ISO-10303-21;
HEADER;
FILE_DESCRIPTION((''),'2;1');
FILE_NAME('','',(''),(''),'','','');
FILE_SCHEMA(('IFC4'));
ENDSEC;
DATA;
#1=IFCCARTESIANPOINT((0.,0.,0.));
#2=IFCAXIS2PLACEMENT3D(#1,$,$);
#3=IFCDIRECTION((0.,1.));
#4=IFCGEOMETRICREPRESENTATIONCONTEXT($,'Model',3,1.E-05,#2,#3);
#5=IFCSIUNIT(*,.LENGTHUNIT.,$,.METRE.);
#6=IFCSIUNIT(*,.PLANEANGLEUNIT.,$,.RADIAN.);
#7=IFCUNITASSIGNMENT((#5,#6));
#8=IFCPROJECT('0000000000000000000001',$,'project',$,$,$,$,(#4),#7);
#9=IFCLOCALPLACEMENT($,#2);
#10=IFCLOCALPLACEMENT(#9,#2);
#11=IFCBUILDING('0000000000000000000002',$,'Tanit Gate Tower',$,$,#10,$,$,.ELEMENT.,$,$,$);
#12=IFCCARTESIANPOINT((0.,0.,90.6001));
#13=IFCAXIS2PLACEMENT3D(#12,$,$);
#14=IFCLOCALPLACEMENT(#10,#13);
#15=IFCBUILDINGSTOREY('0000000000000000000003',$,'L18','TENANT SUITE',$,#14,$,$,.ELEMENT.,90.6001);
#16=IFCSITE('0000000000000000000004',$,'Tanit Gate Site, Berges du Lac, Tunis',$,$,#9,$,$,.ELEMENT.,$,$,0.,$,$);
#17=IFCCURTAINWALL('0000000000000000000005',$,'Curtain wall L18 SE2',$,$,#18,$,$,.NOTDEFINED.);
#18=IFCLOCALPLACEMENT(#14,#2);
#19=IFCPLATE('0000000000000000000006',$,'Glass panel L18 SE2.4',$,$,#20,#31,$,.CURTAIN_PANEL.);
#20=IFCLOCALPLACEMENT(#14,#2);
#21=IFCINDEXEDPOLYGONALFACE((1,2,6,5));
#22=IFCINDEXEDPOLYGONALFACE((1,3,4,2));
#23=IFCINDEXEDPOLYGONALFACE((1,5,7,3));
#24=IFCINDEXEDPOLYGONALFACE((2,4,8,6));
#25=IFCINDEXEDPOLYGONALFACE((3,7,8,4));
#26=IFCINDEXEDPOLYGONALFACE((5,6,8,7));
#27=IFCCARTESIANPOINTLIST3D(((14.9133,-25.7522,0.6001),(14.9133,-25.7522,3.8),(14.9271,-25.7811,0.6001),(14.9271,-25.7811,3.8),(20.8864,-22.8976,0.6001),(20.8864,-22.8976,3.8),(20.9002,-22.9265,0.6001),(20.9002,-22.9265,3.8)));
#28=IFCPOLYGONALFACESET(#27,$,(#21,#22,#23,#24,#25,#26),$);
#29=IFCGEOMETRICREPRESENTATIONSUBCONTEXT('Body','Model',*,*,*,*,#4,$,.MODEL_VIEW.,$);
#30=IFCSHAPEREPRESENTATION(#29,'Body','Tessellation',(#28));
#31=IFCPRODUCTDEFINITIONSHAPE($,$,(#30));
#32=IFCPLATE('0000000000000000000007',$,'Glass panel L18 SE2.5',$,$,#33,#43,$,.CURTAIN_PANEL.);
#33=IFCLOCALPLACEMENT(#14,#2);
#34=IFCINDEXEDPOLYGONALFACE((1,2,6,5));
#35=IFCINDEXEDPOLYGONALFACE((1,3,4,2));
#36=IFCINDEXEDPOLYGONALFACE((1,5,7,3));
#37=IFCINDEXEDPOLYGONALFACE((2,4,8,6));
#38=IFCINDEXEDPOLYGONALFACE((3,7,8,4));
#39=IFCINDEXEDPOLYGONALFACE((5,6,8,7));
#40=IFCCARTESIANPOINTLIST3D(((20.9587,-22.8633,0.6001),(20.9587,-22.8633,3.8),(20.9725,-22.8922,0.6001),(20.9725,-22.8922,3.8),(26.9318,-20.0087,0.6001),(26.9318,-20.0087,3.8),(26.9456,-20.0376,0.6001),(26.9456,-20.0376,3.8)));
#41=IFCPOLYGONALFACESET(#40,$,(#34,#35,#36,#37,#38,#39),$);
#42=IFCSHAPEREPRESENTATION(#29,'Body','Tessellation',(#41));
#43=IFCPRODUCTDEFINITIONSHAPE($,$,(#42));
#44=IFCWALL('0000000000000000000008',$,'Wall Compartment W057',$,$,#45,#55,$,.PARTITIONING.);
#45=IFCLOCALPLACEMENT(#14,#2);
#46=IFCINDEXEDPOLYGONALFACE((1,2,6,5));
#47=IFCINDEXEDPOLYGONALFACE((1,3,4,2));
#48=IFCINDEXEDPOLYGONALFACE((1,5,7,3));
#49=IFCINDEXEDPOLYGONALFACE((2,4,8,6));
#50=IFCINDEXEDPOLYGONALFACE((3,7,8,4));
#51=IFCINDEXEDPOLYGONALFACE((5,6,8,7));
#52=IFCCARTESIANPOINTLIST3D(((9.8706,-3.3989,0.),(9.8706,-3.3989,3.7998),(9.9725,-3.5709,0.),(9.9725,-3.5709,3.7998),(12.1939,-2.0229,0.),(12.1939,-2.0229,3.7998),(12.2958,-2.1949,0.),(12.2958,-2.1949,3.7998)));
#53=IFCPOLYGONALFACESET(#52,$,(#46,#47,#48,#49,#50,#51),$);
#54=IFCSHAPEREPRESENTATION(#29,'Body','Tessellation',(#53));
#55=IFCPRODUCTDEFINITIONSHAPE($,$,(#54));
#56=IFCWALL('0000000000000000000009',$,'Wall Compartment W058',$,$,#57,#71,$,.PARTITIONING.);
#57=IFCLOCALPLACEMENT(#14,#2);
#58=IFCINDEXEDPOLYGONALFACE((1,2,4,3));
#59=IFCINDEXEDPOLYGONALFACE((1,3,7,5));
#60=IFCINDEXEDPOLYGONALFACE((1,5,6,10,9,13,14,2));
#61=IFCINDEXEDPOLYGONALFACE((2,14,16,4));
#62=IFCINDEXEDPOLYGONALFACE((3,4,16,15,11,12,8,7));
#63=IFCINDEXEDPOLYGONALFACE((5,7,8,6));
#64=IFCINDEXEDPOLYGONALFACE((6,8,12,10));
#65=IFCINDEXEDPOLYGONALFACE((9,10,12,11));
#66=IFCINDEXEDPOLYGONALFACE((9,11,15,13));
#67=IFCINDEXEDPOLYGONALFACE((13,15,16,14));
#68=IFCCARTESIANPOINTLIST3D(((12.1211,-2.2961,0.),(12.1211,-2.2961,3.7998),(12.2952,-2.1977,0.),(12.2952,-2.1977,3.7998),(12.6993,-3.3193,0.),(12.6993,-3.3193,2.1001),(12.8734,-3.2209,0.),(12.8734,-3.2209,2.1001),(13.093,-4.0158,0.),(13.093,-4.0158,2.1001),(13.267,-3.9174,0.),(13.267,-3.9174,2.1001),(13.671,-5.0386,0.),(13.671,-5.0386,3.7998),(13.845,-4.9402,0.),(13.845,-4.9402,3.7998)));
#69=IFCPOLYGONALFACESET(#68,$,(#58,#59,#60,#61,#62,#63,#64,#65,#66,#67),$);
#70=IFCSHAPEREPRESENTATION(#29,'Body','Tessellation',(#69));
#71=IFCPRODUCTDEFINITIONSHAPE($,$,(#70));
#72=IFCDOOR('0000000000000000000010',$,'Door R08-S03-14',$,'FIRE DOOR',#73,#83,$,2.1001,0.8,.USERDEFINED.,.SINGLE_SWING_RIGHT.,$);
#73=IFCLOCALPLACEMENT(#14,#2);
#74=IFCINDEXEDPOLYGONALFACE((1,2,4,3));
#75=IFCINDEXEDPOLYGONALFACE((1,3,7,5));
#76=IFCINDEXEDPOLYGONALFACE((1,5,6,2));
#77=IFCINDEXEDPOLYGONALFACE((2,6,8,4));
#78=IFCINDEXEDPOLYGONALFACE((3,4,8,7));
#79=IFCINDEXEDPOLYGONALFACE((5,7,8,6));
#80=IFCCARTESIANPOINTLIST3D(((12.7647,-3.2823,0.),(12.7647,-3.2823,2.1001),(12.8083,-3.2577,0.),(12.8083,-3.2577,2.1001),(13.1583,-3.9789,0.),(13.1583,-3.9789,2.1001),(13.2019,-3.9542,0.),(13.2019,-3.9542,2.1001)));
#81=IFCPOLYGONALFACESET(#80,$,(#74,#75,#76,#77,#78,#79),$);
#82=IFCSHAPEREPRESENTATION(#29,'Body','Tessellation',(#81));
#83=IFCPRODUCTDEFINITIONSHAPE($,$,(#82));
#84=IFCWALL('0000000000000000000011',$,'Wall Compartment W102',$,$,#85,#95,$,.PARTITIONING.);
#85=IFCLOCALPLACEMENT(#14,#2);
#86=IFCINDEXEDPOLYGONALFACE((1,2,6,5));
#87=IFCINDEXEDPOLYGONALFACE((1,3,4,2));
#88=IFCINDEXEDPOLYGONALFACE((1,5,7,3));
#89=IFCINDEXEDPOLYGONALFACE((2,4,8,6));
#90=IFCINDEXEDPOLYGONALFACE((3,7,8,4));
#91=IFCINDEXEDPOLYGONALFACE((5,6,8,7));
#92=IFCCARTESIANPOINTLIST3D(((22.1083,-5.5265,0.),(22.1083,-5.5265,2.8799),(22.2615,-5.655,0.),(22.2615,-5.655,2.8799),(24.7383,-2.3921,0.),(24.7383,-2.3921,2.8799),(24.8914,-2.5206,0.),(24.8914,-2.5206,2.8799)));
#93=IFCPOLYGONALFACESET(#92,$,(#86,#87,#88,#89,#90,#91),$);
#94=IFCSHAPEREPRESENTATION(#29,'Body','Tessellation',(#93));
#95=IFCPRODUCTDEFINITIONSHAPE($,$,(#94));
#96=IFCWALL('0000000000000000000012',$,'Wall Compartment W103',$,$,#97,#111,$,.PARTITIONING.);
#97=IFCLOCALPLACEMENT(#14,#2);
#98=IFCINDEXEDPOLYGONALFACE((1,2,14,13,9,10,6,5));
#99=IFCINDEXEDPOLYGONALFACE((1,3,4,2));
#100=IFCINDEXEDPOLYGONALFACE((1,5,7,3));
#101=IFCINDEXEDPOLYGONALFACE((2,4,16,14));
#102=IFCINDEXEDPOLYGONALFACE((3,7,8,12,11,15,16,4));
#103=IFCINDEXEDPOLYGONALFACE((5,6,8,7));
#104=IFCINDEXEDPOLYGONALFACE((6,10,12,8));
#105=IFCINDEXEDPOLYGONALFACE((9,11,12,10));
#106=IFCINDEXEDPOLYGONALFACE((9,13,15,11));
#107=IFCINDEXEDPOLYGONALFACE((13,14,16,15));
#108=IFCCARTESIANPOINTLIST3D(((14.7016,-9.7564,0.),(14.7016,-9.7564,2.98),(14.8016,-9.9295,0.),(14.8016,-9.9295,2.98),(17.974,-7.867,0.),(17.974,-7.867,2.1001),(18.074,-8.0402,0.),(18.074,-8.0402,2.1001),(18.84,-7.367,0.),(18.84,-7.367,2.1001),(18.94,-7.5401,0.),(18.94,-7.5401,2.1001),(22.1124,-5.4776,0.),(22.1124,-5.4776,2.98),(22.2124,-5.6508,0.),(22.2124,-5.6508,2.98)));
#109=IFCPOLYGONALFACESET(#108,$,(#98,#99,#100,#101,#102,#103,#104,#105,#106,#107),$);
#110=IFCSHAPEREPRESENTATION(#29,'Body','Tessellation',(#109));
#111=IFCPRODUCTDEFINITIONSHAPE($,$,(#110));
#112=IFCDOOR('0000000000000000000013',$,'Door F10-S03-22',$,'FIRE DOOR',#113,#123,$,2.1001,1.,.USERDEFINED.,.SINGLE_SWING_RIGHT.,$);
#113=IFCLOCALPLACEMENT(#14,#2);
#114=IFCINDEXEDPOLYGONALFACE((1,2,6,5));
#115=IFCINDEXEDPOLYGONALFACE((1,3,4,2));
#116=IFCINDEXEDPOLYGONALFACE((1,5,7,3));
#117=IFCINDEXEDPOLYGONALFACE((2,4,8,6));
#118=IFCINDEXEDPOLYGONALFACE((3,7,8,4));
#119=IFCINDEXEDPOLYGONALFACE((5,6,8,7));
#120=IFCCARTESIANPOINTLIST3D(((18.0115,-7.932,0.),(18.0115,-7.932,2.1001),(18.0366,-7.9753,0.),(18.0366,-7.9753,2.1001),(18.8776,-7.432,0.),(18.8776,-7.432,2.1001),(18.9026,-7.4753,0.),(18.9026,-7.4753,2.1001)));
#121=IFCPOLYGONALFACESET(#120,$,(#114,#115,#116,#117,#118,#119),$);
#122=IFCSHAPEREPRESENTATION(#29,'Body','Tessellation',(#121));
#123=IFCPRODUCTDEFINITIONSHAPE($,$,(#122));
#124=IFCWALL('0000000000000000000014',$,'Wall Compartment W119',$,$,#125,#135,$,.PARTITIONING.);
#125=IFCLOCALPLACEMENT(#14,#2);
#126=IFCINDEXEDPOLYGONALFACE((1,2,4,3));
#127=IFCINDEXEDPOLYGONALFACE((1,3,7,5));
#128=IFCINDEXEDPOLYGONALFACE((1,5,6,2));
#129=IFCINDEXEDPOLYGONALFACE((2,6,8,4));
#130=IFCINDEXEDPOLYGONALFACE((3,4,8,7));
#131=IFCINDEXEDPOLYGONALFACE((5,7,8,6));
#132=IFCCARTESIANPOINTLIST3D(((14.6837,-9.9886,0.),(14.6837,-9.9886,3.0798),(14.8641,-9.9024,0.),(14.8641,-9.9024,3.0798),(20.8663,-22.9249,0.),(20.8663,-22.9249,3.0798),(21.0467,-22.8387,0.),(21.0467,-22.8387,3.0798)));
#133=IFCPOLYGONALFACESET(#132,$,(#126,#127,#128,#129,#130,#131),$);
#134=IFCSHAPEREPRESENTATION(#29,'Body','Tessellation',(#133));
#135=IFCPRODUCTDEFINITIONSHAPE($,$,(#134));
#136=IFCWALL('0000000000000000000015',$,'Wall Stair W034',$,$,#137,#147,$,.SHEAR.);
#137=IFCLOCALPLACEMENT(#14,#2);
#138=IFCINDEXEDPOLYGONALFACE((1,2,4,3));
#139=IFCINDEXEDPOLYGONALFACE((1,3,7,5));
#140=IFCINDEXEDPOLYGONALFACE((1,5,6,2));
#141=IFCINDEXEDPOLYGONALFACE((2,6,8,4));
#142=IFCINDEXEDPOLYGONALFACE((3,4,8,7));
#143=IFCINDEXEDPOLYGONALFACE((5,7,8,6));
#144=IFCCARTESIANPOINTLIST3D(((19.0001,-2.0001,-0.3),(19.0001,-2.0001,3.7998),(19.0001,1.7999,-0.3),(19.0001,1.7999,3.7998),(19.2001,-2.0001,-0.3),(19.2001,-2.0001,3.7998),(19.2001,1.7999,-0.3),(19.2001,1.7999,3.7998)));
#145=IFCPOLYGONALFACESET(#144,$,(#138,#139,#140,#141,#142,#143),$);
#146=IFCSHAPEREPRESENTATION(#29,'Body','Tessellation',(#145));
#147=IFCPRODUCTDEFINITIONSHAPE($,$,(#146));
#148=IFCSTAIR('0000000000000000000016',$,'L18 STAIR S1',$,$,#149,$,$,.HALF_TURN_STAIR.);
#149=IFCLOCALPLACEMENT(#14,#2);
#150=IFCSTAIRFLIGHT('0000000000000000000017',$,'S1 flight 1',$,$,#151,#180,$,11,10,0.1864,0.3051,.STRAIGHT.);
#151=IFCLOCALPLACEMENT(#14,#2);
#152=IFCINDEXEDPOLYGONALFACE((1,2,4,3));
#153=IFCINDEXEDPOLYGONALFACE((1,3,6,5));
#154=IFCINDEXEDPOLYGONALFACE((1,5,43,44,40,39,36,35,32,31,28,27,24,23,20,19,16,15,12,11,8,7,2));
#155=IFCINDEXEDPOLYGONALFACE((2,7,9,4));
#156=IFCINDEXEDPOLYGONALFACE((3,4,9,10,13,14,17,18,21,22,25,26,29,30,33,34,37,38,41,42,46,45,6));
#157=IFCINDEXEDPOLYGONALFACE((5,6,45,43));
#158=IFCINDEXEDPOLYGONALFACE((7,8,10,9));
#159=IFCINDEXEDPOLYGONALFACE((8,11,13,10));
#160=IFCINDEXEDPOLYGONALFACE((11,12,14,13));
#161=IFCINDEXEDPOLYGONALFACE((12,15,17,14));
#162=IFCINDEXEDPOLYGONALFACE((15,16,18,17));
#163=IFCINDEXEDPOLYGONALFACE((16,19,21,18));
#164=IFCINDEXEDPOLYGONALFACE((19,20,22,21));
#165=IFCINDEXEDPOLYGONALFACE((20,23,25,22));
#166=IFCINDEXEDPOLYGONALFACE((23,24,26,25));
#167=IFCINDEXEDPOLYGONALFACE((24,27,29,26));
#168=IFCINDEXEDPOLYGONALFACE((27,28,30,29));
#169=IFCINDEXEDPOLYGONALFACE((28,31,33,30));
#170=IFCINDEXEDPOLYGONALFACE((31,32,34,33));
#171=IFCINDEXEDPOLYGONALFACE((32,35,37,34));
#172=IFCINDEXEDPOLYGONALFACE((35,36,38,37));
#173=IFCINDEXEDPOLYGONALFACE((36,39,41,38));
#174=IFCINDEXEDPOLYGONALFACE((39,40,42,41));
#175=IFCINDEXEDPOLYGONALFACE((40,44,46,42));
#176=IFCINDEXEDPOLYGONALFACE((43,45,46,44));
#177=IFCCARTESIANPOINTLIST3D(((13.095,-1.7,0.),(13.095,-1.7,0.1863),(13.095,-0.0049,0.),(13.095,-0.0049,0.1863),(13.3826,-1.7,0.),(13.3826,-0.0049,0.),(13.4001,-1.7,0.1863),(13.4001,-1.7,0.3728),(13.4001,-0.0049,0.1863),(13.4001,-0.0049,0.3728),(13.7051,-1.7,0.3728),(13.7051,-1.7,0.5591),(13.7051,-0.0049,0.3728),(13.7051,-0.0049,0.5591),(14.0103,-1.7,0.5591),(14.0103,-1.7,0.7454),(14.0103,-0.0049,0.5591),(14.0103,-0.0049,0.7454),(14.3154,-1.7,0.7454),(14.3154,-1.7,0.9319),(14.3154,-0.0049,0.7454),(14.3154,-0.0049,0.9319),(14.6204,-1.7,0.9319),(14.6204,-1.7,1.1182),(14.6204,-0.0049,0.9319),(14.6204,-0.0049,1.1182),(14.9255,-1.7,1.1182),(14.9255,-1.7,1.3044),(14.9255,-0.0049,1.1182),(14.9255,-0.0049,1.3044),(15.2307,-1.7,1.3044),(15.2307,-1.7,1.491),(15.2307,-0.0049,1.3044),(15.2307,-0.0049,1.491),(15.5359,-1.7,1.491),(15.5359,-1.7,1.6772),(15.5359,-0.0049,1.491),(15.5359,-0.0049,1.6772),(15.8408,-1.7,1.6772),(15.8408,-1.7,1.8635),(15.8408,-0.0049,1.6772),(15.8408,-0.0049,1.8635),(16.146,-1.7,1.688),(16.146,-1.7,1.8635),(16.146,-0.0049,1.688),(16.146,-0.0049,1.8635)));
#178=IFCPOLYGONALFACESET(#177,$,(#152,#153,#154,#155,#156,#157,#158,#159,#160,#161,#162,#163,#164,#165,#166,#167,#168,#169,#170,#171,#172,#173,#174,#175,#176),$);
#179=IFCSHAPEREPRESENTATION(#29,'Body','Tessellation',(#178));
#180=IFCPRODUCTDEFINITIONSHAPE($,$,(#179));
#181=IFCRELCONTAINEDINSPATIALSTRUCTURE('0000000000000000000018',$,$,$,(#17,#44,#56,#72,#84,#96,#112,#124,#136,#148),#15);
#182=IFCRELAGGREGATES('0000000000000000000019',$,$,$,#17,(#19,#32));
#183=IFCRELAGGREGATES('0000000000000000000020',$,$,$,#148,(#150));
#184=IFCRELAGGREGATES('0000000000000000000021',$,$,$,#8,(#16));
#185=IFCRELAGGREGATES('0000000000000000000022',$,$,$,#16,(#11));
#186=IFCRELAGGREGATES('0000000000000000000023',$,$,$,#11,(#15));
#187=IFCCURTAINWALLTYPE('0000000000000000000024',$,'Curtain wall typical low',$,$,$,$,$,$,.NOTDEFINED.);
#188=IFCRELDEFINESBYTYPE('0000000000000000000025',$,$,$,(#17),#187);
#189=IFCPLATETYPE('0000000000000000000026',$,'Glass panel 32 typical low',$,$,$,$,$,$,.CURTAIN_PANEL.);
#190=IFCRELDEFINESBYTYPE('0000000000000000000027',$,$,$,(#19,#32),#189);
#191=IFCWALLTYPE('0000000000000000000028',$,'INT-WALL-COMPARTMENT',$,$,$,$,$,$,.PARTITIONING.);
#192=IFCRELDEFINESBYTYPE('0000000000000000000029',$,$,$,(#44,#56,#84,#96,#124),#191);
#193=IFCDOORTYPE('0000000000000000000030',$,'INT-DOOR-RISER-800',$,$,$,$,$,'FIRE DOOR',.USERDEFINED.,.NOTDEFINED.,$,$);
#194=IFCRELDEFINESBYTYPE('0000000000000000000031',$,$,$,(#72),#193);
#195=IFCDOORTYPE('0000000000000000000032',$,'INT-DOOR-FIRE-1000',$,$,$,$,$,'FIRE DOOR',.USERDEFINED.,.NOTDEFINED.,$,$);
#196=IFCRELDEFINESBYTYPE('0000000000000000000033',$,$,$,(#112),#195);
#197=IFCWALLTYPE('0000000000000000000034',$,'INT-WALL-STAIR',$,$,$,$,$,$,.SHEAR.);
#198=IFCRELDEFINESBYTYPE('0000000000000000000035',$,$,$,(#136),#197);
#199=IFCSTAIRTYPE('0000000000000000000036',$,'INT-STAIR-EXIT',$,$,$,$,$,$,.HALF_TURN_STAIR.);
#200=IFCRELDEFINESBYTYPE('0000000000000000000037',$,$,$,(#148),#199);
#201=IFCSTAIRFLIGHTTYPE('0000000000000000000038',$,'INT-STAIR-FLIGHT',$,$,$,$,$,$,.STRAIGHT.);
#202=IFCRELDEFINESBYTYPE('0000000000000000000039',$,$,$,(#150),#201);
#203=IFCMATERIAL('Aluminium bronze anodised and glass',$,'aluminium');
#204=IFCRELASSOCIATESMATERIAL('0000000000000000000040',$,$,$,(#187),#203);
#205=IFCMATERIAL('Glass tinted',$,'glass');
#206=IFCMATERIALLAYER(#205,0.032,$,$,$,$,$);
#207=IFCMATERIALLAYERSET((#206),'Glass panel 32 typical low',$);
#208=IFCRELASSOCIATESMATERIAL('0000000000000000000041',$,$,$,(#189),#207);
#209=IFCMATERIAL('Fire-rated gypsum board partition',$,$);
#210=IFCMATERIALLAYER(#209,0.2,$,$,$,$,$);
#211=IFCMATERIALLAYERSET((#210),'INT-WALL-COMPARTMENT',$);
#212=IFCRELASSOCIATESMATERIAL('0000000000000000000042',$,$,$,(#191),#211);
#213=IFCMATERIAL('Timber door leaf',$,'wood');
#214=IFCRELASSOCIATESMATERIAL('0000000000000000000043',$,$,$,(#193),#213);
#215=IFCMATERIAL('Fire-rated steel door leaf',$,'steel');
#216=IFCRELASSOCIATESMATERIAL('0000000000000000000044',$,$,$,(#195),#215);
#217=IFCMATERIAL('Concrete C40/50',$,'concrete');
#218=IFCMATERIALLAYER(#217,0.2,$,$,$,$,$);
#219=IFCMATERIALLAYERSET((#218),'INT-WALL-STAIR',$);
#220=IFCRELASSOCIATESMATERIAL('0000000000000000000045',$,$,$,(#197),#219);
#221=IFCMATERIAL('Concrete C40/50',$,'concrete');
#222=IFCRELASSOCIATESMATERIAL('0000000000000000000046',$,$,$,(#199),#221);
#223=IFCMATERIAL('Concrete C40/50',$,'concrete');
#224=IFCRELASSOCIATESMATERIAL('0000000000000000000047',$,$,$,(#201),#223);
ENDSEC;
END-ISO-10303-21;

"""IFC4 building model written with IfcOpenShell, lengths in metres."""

from ifc_helpers import new_model, si_unit, direction, frame, frame_2d, origin, origin_2d, place, context, subcontext, project, spatial, polyline, rectangle, outline, extrude, material, layer, layer_set, type_object, element, fill, aggregate, save


model = new_model("IFC4")

# Units and contexts
model_context = context("Model", 3, precision=1e-05, world=origin(), true_north=direction((0.0, 1.0)))
body_context = subcontext(model_context, "Body", "Model", "MODEL_VIEW")
ifc_project = project(units=[si_unit("LENGTHUNIT", "METRE"), si_unit("PLANEANGLEUNIT", "RADIAN")], contexts=[model_context])

# Site, building, storey
site_placement = place(None, origin())
site = spatial("IfcSite", under=ifc_project, at=site_placement, Name="Tanit Gate Site, Berges du Lac, Tunis", CompositionType="ELEMENT", RefElevation=0.0)
building_placement = place(site_placement, origin())
building = spatial("IfcBuilding", under=site, at=building_placement, Name="Tanit Gate Tower", CompositionType="ELEMENT")
storey_placement = place(building_placement, frame((0.0, 0.0, 90.6001)))
storey = spatial("IfcBuildingStorey", under=building, at=storey_placement, Name="L18", Description="TENANT SUITE", CompositionType="ELEMENT", Elevation=90.6001)

# Curtain wall
ifc_material_1 = material(Name="Aluminium bronze anodised and glass", Category="aluminium")
curtain_wall_type = type_object("IfcCurtainWallType", Name="Curtain wall typical low", PredefinedType="NOTDEFINED", material=ifc_material_1)
curtain_wall_placement = place(storey_placement, origin())
curtain_wall = element("IfcCurtainWall", 1, at=curtain_wall_placement, inside=storey, type_object=curtain_wall_type, Name="Curtain wall L18 SE2", PredefinedType="NOTDEFINED")

# Plates
ifc_material_2 = material(Name="Glass tinted", Category="glass")
ifc_layer_1 = layer(ifc_material_2, 0.032)
ifc_layer_set_1 = layer_set([ifc_layer_1], Name="Glass panel 32 typical low")
plate_type = type_object("IfcPlateType", Name="Glass panel 32 typical low", PredefinedType="CURTAIN_PANEL", material=ifc_layer_set_1)
plate_1_placement = place(storey_placement, frame((17.9067, -24.3394, 0.6001), z_axis=(0.0, 0.0, 1.0), x_axis=(0.902258, 0.431197, 0.0)))
plate_1 = element("IfcPlate", 2, at=plate_1_placement, type_object=plate_type, Name="Glass panel L18 SE2.4", PredefinedType="CURTAIN_PANEL", context=body_context, shape_type="SweptSolid", body=[
    extrude(rectangle(XDim=6.6201, YDim=0.032, at=origin_2d()), origin(), (0.0, 0.0, 1.0), 3.2),
])
plate_2_placement = place(storey_placement, frame((23.9521, -21.4504, 0.6001), z_axis=(0.0, 0.0, 1.0), x_axis=(0.902258, 0.431197, 0.0)))
plate_2 = element("IfcPlate", 3, at=plate_2_placement, type_object=plate_type, Name="Glass panel L18 SE2.5", PredefinedType="CURTAIN_PANEL", context=body_context, shape_type="SweptSolid", body=[
    extrude(rectangle(XDim=6.6201, YDim=0.032, at=origin_2d()), origin(), (0.0, 0.0, 1.0), 3.2),
])
aggregate(curtain_wall, [plate_1, plate_2])

# Wall
ifc_material_3 = material(Name="Fire-rated gypsum board partition")
ifc_layer_2 = layer(ifc_material_3, 0.2)
ifc_layer_set_2 = layer_set([ifc_layer_2], Name="INT-WALL-COMPARTMENT")
wall_type_1 = type_object("IfcWallType", Name="INT-WALL-COMPARTMENT", PredefinedType="PARTITIONING", material=ifc_layer_set_2)
wall_1_placement = place(storey_placement, frame((12.2449, -2.1089, 0.0), z_axis=(0.0, 0.0, 1.0), x_axis=(-0.860415, -0.509594, 0.0)))
element("IfcWall", 4, at=wall_1_placement, inside=storey, type_object=wall_type_1, Name="Wall Compartment W057", PredefinedType="PARTITIONING", context=body_context, shape_type="SweptSolid", body=[
    extrude(rectangle(XDim=2.7002, YDim=0.2, at=frame_2d((1.3501, 0.0))), origin(), (0.0, 0.0, 1.0), 3.7998),
])

# Wall, opening, door
wall_2_placement = place(storey_placement, frame((13.7581, -4.9895, 0.0), z_axis=(0.0, 0.0, 1.0), x_axis=(-0.491993, 0.870599, 0.0)))
wall_2 = element("IfcWall", 5, at=wall_2_placement, inside=storey, type_object=wall_type_1, Name="Wall Compartment W058", PredefinedType="PARTITIONING", context=body_context, shape_type="SweptSolid", body=[
    extrude(rectangle(XDim=3.1501, YDim=0.2, at=frame_2d((1.5752, 0.0))), origin(), (0.0, 0.0, 1.0), 3.7998),
])
opening_1_placement = place(wall_2_placement, frame((1.175, 0.0, 0.0)))
opening_1 = element("IfcOpeningElement", 6, at=opening_1_placement, cuts=wall_2, PredefinedType="OPENING", context=body_context, shape_type="SweptSolid", body=[
    extrude(rectangle(XDim=0.8, YDim=2.1001, at=frame_2d((0.3999, 1.05))), frame((0.0, 0.1099, 0.0), z_axis=(0.0, -1.0, 0.0), x_axis=(1.0, 0.0, 0.0)), (0.0, 0.0, 1.0), 0.22),
])
ifc_material_4 = material(Name="Timber door leaf", Category="wood")
door_type_1 = type_object("IfcDoorType", Name="INT-DOOR-RISER-800", ElementType="FIRE DOOR", OperationType="NOTDEFINED", PredefinedType="USERDEFINED", material=ifc_material_4)
door_1_placement = place(opening_1_placement, origin())
door_1 = element("IfcDoor", 7, at=door_1_placement, inside=storey, type_object=door_type_1, Name="Door R08-S03-14", ObjectType="FIRE DOOR", OperationType="SINGLE_SWING_RIGHT", OverallHeight=2.1001, OverallWidth=0.8, PredefinedType="USERDEFINED", context=body_context, shape_type="SweptSolid", body=[
    extrude(rectangle(XDim=0.8, YDim=2.1001, at=frame_2d((0.3999, 1.05))), frame((0.0, 0.0249, 0.0), z_axis=(0.0, -1.0, 0.0), x_axis=(1.0, 0.0, 0.0)), (0.0, 0.0, 1.0), 0.05),
])
fill(opening_1, door_1)

# Wall
wall_3_placement = place(storey_placement, frame((22.1848, -5.5908, 0.0), z_axis=(0.0, 0.0, 1.0), x_axis=(0.642775, 0.766055, 0.0)))
element("IfcWall", 8, at=wall_3_placement, inside=storey, type_object=wall_type_1, Name="Wall Compartment W102", PredefinedType="PARTITIONING", context=body_context, shape_type="SweptSolid", body=[
    extrude(rectangle(XDim=4.0916, YDim=0.2, at=frame_2d((2.0459, 0.0))), origin(), (0.0, 0.0, 1.0), 2.8799),
])

# Wall, opening, door
wall_4_placement = place(storey_placement, frame((14.7515, -9.843, 0.0), z_axis=(0.0, 0.0, 1.0), x_axis=(0.866019, 0.500011, 0.0)))
wall_4 = element("IfcWall", 9, at=wall_4_placement, inside=storey, type_object=wall_type_1, Name="Wall Compartment W103", PredefinedType="PARTITIONING", context=body_context, shape_type="SweptSolid", body=[
    extrude(rectangle(XDim=8.5574, YDim=0.2, at=frame_2d((4.2788, 0.0))), origin(), (0.0, 0.0, 1.0), 2.98),
])
opening_2_placement = place(wall_4_placement, frame((3.7788, 0.0, 0.0)))
opening_2 = element("IfcOpeningElement", 10, at=opening_2_placement, cuts=wall_4, PredefinedType="OPENING", context=body_context, shape_type="SweptSolid", body=[
    extrude(rectangle(XDim=1.0, YDim=2.1001, at=frame_2d((0.5, 1.05))), frame((0.0, 0.1099, 0.0), z_axis=(0.0, -1.0, 0.0), x_axis=(1.0, 0.0, 0.0)), (0.0, 0.0, 1.0), 0.22),
])
ifc_material_5 = material(Name="Fire-rated steel door leaf", Category="steel")
door_type_2 = type_object("IfcDoorType", Name="INT-DOOR-FIRE-1000", ElementType="FIRE DOOR", OperationType="NOTDEFINED", PredefinedType="USERDEFINED", material=ifc_material_5)
door_2_placement = place(opening_2_placement, origin())
door_2 = element("IfcDoor", 11, at=door_2_placement, inside=storey, type_object=door_type_2, Name="Door F10-S03-22", ObjectType="FIRE DOOR", OperationType="SINGLE_SWING_RIGHT", OverallHeight=2.1001, OverallWidth=1.0, PredefinedType="USERDEFINED", context=body_context, shape_type="SweptSolid", body=[
    extrude(rectangle(XDim=1.0, YDim=2.1001, at=frame_2d((0.5, 1.05))), frame((0.0, 0.0249, 0.0), z_axis=(0.0, -1.0, 0.0), x_axis=(1.0, 0.0, 0.0)), (0.0, 0.0, 1.0), 0.05),
])
fill(opening_2, door_2)

# Walls
wall_5_placement = place(storey_placement, frame((20.9565, -22.8818, 0.0), z_axis=(0.0, 0.0, 1.0), x_axis=(-0.431211, 0.902251, 0.0)))
element("IfcWall", 12, at=wall_5_placement, inside=storey, type_object=wall_type_1, Name="Wall Compartment W119", PredefinedType="PARTITIONING", context=body_context, shape_type="SweptSolid", body=[
    extrude(rectangle(XDim=14.3379, YDim=0.2, at=frame_2d((7.1689, 0.0))), origin(), (0.0, 0.0, 1.0), 3.0798),
])
ifc_material_6 = material(Name="Concrete C40/50", Category="concrete")
ifc_layer_3 = layer(ifc_material_6, 0.2)
ifc_layer_set_3 = layer_set([ifc_layer_3], Name="INT-WALL-STAIR")
wall_type_2 = type_object("IfcWallType", Name="INT-WALL-STAIR", PredefinedType="SHEAR", material=ifc_layer_set_3)
wall_6_placement = place(storey_placement, frame((19.1001, -2.0, -0.3), z_axis=(0.0, 0.0, 1.0), x_axis=(0.0, 1.0, 0.0)))
element("IfcWall", 13, at=wall_6_placement, inside=storey, type_object=wall_type_2, Name="Wall Stair W034", PredefinedType="SHEAR", context=body_context, shape_type="SweptSolid", body=[
    extrude(rectangle(XDim=3.8, YDim=0.2, at=frame_2d((1.8999, 0.0))), origin(), (0.0, 0.0, 1.0), 4.0999),
])

# Stair, stair flight
ifc_material_7 = material(Name="Concrete C40/50", Category="concrete")
stair_type = type_object("IfcStairType", Name="INT-STAIR-EXIT", PredefinedType="HALF_TURN_STAIR", material=ifc_material_7)
stair_placement = place(storey_placement, origin())
stair = element("IfcStair", 14, at=stair_placement, inside=storey, type_object=stair_type, Name="L18 STAIR S1", PredefinedType="HALF_TURN_STAIR")
ifc_material_8 = material(Name="Concrete C40/50", Category="concrete")
stair_flight_type = type_object("IfcStairFlightType", Name="INT-STAIR-FLIGHT", PredefinedType="STRAIGHT", material=ifc_material_8)
stair_flight_placement = place(storey_placement, frame((13.095, -0.8525, 0.0), z_axis=(0.0, 0.0, 1.0), x_axis=(1.0, 0.0, 0.0)))
stair_flight = element("IfcStairFlight", 15, at=stair_flight_placement, type_object=stair_flight_type, Name="S1 flight 1", NumberOfRisers=11, NumberOfTreads=10, PredefinedType="STRAIGHT", RiserHeight=0.1864, TreadLength=0.3051, context=body_context, shape_type="SweptSolid", body=[
    extrude(outline(polyline([(0.0, 0.0), (0.0, 0.1863), (0.3052, 0.1863), (0.3052, 0.3728), (0.6101, 0.3728), (0.6101, 0.5591), (0.9153, 0.5591), (0.9153, 0.7454), (1.2205, 0.7454), (1.2205, 0.9319), (1.5254, 0.9319), (1.5254, 1.1182), (1.8306, 1.1182), (1.8306, 1.3044), (2.1357, 1.3044), (2.1357, 1.491), (2.4409, 1.491), (2.4409, 1.6772), (2.7458, 1.6772), (2.7458, 1.8635), (3.051, 1.8635), (3.051, 2.05), (3.051, 1.688), (0.2876, 0.0), (0.0, 0.0)])), frame((0.0, 0.8477, 0.0), z_axis=(0.0, -1.0, 0.0), x_axis=(1.0, 0.0, 0.0)), (0.0, 0.0, 1.0), 1.6951),
])
aggregate(stair, [stair_flight])

save(model, "model.ifc")
